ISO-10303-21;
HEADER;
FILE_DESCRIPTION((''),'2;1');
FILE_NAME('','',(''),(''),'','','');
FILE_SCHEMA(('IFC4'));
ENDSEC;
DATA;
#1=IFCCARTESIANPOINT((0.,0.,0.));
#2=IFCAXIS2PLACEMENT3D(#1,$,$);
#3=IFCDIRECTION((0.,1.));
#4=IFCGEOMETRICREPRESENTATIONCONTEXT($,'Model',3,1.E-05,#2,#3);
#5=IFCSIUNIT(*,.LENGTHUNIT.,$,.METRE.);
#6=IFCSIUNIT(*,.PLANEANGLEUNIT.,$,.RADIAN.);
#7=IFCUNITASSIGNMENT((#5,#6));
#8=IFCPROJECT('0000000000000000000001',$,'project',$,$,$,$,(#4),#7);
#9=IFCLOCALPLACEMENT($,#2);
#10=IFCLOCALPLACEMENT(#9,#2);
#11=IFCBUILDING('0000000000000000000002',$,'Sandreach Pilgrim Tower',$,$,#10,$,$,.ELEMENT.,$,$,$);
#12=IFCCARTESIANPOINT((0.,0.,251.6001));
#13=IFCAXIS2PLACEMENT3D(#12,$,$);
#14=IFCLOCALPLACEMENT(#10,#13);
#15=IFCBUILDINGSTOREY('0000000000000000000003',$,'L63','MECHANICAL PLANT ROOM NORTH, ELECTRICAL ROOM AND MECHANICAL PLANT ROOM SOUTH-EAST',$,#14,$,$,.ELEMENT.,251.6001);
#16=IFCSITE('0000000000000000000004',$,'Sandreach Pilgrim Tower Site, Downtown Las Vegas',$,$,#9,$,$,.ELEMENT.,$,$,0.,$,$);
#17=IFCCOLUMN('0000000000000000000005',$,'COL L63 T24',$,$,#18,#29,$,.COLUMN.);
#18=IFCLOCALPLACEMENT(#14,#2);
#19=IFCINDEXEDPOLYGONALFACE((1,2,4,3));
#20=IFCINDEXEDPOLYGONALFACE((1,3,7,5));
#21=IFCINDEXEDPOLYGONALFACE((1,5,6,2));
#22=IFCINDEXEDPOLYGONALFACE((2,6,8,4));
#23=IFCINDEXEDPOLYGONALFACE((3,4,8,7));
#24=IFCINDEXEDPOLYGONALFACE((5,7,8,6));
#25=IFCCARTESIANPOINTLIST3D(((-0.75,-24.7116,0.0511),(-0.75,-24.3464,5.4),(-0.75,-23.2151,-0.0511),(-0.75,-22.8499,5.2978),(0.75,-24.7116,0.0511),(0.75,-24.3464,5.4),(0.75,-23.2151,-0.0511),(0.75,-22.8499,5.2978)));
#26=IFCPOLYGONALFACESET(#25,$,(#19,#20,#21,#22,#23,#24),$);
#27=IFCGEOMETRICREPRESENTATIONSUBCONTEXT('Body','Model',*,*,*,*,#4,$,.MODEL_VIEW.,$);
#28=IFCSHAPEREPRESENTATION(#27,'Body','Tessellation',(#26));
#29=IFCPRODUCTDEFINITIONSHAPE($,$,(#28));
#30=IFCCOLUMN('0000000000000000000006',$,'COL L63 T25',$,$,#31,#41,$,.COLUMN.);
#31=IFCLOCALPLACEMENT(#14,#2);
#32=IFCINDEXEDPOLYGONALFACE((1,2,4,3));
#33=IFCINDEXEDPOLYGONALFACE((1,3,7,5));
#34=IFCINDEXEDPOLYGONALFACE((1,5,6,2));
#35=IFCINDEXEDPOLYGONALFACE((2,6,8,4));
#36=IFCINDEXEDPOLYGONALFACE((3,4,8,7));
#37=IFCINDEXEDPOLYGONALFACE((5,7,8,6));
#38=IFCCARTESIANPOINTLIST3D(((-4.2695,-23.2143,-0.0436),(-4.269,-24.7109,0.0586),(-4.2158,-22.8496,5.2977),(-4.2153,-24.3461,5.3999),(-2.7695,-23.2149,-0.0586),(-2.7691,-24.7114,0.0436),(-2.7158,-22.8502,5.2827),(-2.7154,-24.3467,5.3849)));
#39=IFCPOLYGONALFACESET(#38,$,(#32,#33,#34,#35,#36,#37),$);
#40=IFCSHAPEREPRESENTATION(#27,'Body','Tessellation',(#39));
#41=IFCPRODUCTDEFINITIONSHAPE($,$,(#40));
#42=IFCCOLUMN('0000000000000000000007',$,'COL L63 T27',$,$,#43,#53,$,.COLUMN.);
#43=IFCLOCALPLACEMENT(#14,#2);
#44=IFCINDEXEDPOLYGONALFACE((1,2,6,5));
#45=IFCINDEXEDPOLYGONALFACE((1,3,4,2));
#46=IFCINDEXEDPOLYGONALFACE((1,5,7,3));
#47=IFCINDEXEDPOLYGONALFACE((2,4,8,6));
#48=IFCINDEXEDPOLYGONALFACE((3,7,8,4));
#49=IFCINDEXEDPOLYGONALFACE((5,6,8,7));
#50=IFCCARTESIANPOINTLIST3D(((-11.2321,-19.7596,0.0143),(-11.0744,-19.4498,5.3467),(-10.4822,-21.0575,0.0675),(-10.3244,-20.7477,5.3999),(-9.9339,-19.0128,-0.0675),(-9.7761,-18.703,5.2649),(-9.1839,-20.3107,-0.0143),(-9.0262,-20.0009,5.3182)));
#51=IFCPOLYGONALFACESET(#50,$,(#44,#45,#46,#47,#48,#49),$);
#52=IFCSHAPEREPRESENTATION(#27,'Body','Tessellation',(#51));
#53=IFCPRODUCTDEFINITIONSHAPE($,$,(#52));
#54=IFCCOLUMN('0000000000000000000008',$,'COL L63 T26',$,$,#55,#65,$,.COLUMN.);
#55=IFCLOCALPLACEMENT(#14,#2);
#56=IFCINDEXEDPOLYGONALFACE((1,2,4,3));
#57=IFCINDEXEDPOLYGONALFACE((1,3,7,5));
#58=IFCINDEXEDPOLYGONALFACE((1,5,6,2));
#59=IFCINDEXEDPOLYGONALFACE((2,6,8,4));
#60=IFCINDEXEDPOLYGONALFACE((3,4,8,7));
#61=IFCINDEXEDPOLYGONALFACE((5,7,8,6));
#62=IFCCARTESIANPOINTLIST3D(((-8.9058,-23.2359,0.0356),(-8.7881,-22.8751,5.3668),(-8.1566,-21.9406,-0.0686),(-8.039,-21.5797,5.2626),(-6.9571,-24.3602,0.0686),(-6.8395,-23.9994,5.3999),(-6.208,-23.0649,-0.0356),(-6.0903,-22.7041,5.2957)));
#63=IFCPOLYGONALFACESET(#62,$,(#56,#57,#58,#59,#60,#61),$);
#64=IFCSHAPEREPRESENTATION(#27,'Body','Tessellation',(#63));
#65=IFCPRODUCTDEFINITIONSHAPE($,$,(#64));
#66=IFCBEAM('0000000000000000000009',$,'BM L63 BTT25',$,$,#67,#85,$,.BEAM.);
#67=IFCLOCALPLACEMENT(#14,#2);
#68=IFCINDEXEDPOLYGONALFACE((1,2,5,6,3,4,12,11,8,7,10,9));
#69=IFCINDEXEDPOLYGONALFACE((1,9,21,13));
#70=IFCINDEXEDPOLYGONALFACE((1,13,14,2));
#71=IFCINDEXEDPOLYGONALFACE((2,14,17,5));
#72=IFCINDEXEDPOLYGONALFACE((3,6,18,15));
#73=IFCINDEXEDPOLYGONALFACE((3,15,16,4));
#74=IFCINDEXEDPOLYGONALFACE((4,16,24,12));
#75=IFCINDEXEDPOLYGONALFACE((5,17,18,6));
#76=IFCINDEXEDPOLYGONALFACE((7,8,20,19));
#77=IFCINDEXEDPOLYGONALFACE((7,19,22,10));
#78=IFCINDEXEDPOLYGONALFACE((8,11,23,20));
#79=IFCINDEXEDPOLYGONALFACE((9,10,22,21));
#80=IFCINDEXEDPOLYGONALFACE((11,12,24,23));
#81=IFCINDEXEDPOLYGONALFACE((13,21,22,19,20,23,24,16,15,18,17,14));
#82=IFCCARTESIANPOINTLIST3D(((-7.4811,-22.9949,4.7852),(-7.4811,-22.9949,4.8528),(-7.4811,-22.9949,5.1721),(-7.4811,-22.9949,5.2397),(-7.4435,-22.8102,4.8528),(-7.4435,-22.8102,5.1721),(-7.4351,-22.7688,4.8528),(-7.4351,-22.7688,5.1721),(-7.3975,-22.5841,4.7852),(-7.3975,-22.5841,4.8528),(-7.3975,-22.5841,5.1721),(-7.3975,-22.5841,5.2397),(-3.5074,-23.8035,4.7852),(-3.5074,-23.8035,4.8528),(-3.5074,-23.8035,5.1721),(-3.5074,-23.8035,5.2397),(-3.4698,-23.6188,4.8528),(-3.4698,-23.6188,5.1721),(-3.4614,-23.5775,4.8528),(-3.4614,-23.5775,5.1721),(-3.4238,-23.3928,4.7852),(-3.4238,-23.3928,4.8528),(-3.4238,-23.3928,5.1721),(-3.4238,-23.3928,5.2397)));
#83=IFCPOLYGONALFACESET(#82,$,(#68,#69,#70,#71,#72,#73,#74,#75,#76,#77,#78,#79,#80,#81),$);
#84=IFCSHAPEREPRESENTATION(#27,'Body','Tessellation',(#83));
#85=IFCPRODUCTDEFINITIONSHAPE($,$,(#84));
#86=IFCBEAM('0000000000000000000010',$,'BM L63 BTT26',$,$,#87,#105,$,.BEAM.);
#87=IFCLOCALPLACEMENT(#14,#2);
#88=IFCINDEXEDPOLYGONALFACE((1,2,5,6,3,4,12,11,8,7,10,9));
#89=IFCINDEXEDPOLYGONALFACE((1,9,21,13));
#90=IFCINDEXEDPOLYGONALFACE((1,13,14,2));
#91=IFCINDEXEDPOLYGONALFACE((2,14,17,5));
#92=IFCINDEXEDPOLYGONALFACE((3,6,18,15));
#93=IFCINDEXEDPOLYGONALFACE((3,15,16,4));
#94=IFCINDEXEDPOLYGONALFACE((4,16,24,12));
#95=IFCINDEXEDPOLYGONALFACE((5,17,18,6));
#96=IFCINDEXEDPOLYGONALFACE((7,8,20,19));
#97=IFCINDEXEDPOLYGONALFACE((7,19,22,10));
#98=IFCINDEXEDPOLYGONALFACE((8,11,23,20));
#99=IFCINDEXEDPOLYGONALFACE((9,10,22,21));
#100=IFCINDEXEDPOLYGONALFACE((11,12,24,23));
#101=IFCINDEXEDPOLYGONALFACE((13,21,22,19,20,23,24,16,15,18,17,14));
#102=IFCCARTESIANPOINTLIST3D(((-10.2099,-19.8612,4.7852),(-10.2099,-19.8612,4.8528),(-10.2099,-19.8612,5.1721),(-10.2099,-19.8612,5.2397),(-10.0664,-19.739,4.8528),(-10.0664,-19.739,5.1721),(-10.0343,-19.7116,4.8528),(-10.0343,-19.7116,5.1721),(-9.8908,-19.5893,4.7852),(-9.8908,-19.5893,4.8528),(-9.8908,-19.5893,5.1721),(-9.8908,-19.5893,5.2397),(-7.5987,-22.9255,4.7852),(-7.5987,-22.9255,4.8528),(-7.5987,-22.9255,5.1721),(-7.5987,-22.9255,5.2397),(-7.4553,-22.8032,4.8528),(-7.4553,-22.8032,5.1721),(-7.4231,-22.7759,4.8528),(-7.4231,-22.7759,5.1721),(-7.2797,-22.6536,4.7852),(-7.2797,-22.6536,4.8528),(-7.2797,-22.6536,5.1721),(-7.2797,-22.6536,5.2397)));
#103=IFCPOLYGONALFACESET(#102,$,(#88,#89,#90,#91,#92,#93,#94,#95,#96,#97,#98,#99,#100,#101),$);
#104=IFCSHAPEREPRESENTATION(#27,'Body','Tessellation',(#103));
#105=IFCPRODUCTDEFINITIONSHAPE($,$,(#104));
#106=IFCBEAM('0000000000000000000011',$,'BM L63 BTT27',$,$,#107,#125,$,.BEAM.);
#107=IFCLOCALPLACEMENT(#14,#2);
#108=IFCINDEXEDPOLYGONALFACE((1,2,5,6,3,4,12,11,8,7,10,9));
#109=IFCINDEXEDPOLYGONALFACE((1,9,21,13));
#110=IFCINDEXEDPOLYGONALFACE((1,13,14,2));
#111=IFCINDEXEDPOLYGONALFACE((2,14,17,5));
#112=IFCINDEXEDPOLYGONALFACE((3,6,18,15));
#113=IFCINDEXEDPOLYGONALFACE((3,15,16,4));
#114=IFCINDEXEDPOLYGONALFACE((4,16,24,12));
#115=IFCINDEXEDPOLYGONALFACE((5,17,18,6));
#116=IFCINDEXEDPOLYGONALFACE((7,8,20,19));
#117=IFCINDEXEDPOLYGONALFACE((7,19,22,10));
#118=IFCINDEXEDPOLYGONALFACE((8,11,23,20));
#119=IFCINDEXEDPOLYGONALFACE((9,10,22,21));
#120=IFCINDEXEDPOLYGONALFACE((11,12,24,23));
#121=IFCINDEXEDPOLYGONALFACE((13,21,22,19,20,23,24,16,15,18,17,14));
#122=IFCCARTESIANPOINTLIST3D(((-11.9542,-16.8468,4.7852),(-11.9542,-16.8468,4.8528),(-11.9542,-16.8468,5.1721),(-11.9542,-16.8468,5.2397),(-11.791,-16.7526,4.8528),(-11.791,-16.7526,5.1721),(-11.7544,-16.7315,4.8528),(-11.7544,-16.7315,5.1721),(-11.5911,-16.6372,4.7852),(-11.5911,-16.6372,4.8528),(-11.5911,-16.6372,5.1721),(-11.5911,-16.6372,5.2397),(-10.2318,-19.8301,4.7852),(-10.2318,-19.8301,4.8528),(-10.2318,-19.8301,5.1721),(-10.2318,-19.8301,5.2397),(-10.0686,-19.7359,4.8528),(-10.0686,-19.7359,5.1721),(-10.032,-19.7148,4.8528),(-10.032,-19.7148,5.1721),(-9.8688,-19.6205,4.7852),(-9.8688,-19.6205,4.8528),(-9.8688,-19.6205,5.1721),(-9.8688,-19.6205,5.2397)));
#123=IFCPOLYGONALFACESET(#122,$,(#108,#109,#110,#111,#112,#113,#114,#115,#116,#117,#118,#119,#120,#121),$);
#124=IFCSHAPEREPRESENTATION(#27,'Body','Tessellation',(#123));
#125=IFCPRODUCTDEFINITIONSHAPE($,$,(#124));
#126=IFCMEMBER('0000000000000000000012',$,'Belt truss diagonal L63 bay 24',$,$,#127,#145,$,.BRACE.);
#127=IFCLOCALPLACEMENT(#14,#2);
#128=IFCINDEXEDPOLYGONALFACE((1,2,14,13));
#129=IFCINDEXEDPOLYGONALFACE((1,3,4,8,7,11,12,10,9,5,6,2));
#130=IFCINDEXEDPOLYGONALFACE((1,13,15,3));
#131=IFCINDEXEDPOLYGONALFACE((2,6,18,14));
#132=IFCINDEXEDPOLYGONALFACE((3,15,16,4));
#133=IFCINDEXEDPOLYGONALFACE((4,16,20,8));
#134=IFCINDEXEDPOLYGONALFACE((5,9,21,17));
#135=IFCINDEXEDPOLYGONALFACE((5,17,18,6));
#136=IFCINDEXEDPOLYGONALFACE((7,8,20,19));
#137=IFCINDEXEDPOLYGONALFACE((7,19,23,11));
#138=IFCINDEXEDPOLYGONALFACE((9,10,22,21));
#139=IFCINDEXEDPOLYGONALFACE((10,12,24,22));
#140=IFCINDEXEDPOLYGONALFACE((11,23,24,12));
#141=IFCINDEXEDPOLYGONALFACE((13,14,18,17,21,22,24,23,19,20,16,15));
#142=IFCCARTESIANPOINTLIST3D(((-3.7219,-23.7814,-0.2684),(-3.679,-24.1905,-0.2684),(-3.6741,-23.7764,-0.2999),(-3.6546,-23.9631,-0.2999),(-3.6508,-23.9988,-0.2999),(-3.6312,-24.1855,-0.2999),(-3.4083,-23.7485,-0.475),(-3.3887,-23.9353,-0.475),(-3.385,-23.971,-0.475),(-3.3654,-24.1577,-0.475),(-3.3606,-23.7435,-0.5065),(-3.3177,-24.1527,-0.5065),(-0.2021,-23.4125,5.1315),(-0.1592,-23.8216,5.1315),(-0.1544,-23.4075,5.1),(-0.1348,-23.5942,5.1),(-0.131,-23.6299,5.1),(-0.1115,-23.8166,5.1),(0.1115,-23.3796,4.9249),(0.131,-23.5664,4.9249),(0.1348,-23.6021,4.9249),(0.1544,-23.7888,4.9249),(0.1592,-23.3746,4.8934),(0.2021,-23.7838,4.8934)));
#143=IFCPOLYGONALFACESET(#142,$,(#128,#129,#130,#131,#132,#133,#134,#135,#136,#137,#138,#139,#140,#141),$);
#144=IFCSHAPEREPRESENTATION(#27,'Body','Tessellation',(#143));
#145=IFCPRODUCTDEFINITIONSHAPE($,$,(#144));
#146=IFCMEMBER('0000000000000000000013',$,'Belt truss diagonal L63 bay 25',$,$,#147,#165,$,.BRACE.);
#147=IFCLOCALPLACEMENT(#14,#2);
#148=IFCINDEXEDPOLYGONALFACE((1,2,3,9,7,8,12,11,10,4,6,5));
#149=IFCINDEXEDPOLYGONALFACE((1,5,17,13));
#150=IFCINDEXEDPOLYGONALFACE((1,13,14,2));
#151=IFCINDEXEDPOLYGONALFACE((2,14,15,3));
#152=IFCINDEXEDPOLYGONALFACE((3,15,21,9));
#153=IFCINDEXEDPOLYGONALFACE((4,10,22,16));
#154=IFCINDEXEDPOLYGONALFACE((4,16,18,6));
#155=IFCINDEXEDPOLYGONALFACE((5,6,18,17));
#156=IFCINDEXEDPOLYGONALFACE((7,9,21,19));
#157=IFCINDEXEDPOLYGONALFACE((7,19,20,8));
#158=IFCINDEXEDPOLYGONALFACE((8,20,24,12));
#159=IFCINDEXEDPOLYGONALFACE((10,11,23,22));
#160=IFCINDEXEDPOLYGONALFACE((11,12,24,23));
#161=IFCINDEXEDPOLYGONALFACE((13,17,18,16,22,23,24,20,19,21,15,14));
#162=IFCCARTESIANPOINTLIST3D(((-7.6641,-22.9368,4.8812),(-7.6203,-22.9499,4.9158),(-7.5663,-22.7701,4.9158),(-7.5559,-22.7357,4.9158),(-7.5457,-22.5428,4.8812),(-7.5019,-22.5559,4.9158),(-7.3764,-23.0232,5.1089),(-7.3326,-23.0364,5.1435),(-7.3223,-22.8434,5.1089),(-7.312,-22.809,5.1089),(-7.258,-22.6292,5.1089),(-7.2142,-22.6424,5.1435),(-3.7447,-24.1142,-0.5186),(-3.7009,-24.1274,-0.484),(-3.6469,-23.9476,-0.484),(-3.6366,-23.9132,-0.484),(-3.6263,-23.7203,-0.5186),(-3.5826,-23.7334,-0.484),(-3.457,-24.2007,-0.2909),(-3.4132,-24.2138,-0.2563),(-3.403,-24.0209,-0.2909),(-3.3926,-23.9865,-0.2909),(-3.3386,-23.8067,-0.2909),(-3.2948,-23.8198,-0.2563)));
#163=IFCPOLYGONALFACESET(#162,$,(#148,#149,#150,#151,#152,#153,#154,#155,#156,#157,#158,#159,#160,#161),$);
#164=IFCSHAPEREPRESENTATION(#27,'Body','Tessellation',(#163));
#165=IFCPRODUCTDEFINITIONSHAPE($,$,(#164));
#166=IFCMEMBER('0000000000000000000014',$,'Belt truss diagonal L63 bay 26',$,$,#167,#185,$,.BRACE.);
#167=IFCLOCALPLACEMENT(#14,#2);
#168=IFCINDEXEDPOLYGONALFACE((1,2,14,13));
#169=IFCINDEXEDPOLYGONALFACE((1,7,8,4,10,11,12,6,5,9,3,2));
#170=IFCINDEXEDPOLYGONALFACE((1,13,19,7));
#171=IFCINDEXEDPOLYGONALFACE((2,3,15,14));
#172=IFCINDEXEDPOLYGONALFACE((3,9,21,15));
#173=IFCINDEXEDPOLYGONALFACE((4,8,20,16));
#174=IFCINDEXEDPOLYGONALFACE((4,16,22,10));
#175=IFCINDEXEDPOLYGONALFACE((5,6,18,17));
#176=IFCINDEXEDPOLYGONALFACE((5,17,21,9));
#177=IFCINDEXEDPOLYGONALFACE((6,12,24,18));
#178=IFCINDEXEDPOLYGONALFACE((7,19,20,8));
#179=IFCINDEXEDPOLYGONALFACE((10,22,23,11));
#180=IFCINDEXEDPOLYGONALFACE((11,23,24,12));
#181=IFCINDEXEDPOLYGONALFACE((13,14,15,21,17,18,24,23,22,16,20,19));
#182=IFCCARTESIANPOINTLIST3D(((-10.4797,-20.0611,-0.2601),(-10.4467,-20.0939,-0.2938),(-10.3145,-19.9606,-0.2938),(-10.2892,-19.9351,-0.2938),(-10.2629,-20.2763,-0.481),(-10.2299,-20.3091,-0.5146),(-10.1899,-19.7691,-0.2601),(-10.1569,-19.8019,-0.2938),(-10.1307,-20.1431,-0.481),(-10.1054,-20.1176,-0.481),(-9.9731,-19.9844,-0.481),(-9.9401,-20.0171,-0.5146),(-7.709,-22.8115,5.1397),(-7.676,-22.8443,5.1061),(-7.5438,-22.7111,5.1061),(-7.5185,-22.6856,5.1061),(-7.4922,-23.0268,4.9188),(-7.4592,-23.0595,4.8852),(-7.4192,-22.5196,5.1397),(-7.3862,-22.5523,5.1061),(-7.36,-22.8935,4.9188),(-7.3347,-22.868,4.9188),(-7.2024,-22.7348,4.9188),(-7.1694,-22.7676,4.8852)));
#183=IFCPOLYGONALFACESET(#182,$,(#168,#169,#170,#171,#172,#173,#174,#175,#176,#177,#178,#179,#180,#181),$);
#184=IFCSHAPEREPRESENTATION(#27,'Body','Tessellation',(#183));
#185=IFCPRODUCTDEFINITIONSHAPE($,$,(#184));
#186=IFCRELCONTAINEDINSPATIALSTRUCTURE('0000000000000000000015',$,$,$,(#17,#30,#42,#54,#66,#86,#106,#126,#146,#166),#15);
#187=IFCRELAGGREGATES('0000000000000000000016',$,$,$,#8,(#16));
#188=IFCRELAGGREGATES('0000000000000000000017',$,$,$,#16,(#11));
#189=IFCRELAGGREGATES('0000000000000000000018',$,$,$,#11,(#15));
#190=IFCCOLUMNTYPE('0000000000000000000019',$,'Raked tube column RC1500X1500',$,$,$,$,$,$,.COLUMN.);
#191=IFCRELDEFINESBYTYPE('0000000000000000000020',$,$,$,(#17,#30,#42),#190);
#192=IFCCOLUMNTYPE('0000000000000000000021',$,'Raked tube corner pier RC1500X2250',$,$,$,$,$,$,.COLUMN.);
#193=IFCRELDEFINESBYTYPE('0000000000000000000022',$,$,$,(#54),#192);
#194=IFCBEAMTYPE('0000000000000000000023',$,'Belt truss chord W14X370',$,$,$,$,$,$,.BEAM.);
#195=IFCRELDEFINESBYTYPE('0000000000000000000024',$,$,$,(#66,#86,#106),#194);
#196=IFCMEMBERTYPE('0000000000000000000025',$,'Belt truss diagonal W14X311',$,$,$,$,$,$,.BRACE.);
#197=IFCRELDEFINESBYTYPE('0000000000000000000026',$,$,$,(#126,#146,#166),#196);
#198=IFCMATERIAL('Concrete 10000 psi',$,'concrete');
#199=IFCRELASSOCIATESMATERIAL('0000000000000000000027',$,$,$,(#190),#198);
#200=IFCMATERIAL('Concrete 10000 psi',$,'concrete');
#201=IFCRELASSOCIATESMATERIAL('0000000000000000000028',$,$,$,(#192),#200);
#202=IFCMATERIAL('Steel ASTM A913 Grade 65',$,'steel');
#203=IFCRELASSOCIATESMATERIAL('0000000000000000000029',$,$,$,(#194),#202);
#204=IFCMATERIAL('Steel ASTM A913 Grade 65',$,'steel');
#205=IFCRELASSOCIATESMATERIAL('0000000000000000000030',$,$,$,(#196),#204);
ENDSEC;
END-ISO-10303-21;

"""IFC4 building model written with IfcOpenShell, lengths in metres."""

from ifc_helpers import new_model, si_unit, direction, frame, origin, origin_2d, place, context, subcontext, project, spatial, rectangle, i_section, extrude, material, material_profile, profile_set, type_object, element, save


model = new_model("IFC4")

# Units and contexts
model_context = context("Model", 3, precision=1e-05, world=origin(), true_north=direction((0.0, 1.0)))
body_context = subcontext(model_context, "Body", "Model", "MODEL_VIEW")
ifc_project = project(units=[si_unit("LENGTHUNIT", "METRE"), si_unit("PLANEANGLEUNIT", "RADIAN")], contexts=[model_context])

# Site, building, storey
site_placement = place(None, origin())
site = spatial("IfcSite", under=ifc_project, at=site_placement, Name="Sandreach Pilgrim Tower Site, Downtown Las Vegas", CompositionType="ELEMENT", RefElevation=0.0)
building_placement = place(site_placement, origin())
building = spatial("IfcBuilding", under=site, at=building_placement, Name="Sandreach Pilgrim Tower", CompositionType="ELEMENT")
storey_placement = place(building_placement, frame((0.0, 0.0, 251.6001)))
storey = spatial("IfcBuildingStorey", under=building, at=storey_placement, Name="L63", Description="MECHANICAL PLANT ROOM NORTH, ELECTRICAL ROOM AND MECHANICAL PLANT ROOM SOUTH-EAST", CompositionType="ELEMENT", Elevation=251.6001)

# Columns
ifc_material_1 = material(Name="Concrete 10000 psi", Category="concrete")
ifc_material_profile_1 = material_profile(ifc_material_1, rectangle(XDim=1.5, YDim=1.5, at=origin_2d()), Name="RC1500X1500")
ifc_profile_set_1 = profile_set([ifc_material_profile_1], Name="Concrete 10000 psi")
column_type_1 = type_object("IfcColumnType", Name="Raked tube column RC1500X1500", PredefinedType="COLUMN", material=ifc_profile_set_1)
column_1_placement = place(storey_placement, frame((0.0, -23.9634, 0.0), z_axis=(0.0, 0.068124, 0.997677), x_axis=(0.0, -0.997677, 0.068124)))
element("IfcColumn", 1, at=column_1_placement, inside=storey, type_object=column_type_1, Name="COL L63 T24", PredefinedType="COLUMN", context=body_context, shape_type="SweptSolid", body=[
    extrude(rectangle(XDim=1.5, YDim=1.5, at=origin_2d()), origin(), (0.0, 0.0, 1.0), 5.3613),
])
column_2_placement = place(storey_placement, frame((-3.5193, -23.9629, 0.0), z_axis=(0.010032, 0.068126, 0.997626), x_axis=(0.000296, -0.997677, 0.068126)))
element("IfcColumn", 2, at=column_2_placement, inside=storey, type_object=column_type_1, Name="COL L63 T25", PredefinedType="COLUMN", context=body_context, shape_type="SweptSolid", body=[
    extrude(rectangle(XDim=1.5, YDim=1.5, at=origin_2d()), origin(), (0.0, 0.0, 1.0), 5.354),
])
column_3_placement = place(storey_placement, frame((-10.208, -20.0352, 0.0), z_axis=(0.029513, 0.057976, 0.997882), x_axis=(-0.865528, -0.497884, 0.054526)))
element("IfcColumn", 3, at=column_3_placement, inside=storey, type_object=column_type_1, Name="COL L63 T27", PredefinedType="COLUMN", context=body_context, shape_type="SweptSolid", body=[
    extrude(rectangle(XDim=1.5, YDim=1.5, at=origin_2d()), origin(), (0.0, 0.0, 1.0), 5.3438),
])
ifc_material_2 = material(Name="Concrete 10000 psi", Category="concrete")
ifc_material_profile_2 = material_profile(ifc_material_2, rectangle(XDim=1.5, YDim=2.25, at=origin_2d()), Name="RC1500X2250")
ifc_profile_set_2 = profile_set([ifc_material_profile_2], Name="Concrete 10000 psi")
column_type_2 = type_object("IfcColumnType", Name="Raked tube corner pier RC1500X2250", PredefinedType="COLUMN", material=ifc_profile_set_2)
column_4_placement = place(storey_placement, frame((-7.5569, -23.1504, 0.0), z_axis=(0.022017, 0.067512, 0.997475), x_axis=(-0.499435, -0.863562, 0.069473)))
element("IfcColumn", 4, at=column_4_placement, inside=storey, type_object=column_type_2, Name="COL L63 T26", PredefinedType="COLUMN", context=body_context, shape_type="SweptSolid", body=[
    extrude(rectangle(XDim=1.5, YDim=2.25, at=origin_2d()), origin(), (0.0, 0.0, 1.0), 5.3447),
])

# Beams
ifc_material_3 = material(Name="Steel ASTM A913 Grade 65", Category="steel")
ifc_material_profile_3 = material_profile(ifc_material_3, i_section(OverallWidth=0.4192, OverallDepth=0.4546, WebThickness=0.0422, FlangeThickness=0.0676, at=origin_2d()), Name="W14X370")
ifc_profile_set_3 = profile_set([ifc_material_profile_3], Name="Steel ASTM A913 Grade 65")
beam_type_1 = type_object("IfcBeamType", Name="Belt truss chord W14X370", PredefinedType="BEAM", material=ifc_profile_set_3)
beam_1_placement = place(storey_placement, frame((-3.4656, -23.5981, 5.0125), z_axis=(-0.979918, 0.199403, 0.0), x_axis=(-0.199403, -0.979918, 0.0)))
element("IfcBeam", 5, at=beam_1_placement, inside=storey, type_object=beam_type_1, Name="BM L63 BTT25", PredefinedType="BEAM", context=body_context, shape_type="SweptSolid", body=[
    extrude(i_section(OverallWidth=0.4192, OverallDepth=0.4546, WebThickness=0.0422, FlangeThickness=0.0676, at=origin_2d()), origin(), (0.0, 0.0, 1.0), 4.0552),
])
beam_2_placement = place(storey_placement, frame((-7.4392, -22.7896, 5.0125), z_axis=(-0.648586, 0.761141, 0.0), x_axis=(-0.761141, -0.648586, 0.0)))
element("IfcBeam", 6, at=beam_2_placement, inside=storey, type_object=beam_type_1, Name="BM L63 BTT26", PredefinedType="BEAM", context=body_context, shape_type="SweptSolid", body=[
    extrude(i_section(OverallWidth=0.4192, OverallDepth=0.4546, WebThickness=0.0422, FlangeThickness=0.0676, at=origin_2d()), origin(), (0.0, 0.0, 1.0), 4.0259),
])
beam_3_placement = place(storey_placement, frame((-10.0503, -19.7253, 5.0125), z_axis=(-0.499988, 0.866032, 0.0), x_axis=(-0.866032, -0.499988, 0.0)))
element("IfcBeam", 7, at=beam_3_placement, inside=storey, type_object=beam_type_1, Name="BM L63 BTT27", PredefinedType="BEAM", context=body_context, shape_type="SweptSolid", body=[
    extrude(i_section(OverallWidth=0.4192, OverallDepth=0.4546, WebThickness=0.0422, FlangeThickness=0.0676, at=origin_2d()), origin(), (0.0, 0.0, 1.0), 3.4448),
])

# Members
ifc_material_4 = material(Name="Steel ASTM A913 Grade 65", Category="steel")
ifc_material_profile_4 = material_profile(ifc_material_4, i_section(OverallWidth=0.4114, OverallDepth=0.4343, WebThickness=0.0359, FlangeThickness=0.0574, at=origin_2d()), Name="W14X311")
ifc_profile_set_4 = profile_set([ifc_material_profile_4], Name="Steel ASTM A913 Grade 65")
member_type_1 = type_object("IfcMemberType", Name="Belt truss diagonal W14X311", PredefinedType="BRACE", material=ifc_profile_set_4)
member_1_placement = place(storey_placement, frame((0.0, -23.5981, 5.0125), z_axis=(-0.545169, -0.057137, -0.836377), x_axis=(0.104236, -0.994553, 0.0)))
element("IfcMember", 8, at=member_1_placement, inside=storey, type_object=member_type_1, Name="Belt truss diagonal L63 bay 24", PredefinedType="BRACE", context=body_context, shape_type="SweptSolid", body=[
    extrude(i_section(OverallWidth=0.4114, OverallDepth=0.4343, WebThickness=0.0359, FlangeThickness=0.0574, at=origin_2d()), origin(), (0.0, 0.0, 1.0), 6.4563),
])
member_2_placement = place(storey_placement, frame((-3.5198, -23.967, -0.3875), z_axis=(-0.578472, 0.173786, 0.796975), x_axis=(-0.28772, -0.957715, 0.0)))
element("IfcMember", 9, at=member_2_placement, inside=storey, type_object=member_type_1, Name="Belt truss diagonal L63 bay 25", PredefinedType="BRACE", context=body_context, shape_type="SweptSolid", body=[
    extrude(i_section(OverallWidth=0.4114, OverallDepth=0.4343, WebThickness=0.0359, FlangeThickness=0.0574, at=origin_2d()), origin(), (0.0, 0.0, 1.0), 6.7754),
])
member_3_placement = place(storey_placement, frame((-7.4392, -22.7896, 5.0125), z_axis=(-0.415815, 0.412774, -0.81038), x_axis=(-0.704507, -0.709697, 0.0)))
element("IfcMember", 10, at=member_3_placement, inside=storey, type_object=member_type_1, Name="Belt truss diagonal L63 bay 26", PredefinedType="BRACE", context=body_context, shape_type="SweptSolid", body=[
    extrude(i_section(OverallWidth=0.4114, OverallDepth=0.4343, WebThickness=0.0359, FlangeThickness=0.0574, at=origin_2d()), origin(), (0.0, 0.0, 1.0), 6.6633),
])

save(model, "model.ifc")
